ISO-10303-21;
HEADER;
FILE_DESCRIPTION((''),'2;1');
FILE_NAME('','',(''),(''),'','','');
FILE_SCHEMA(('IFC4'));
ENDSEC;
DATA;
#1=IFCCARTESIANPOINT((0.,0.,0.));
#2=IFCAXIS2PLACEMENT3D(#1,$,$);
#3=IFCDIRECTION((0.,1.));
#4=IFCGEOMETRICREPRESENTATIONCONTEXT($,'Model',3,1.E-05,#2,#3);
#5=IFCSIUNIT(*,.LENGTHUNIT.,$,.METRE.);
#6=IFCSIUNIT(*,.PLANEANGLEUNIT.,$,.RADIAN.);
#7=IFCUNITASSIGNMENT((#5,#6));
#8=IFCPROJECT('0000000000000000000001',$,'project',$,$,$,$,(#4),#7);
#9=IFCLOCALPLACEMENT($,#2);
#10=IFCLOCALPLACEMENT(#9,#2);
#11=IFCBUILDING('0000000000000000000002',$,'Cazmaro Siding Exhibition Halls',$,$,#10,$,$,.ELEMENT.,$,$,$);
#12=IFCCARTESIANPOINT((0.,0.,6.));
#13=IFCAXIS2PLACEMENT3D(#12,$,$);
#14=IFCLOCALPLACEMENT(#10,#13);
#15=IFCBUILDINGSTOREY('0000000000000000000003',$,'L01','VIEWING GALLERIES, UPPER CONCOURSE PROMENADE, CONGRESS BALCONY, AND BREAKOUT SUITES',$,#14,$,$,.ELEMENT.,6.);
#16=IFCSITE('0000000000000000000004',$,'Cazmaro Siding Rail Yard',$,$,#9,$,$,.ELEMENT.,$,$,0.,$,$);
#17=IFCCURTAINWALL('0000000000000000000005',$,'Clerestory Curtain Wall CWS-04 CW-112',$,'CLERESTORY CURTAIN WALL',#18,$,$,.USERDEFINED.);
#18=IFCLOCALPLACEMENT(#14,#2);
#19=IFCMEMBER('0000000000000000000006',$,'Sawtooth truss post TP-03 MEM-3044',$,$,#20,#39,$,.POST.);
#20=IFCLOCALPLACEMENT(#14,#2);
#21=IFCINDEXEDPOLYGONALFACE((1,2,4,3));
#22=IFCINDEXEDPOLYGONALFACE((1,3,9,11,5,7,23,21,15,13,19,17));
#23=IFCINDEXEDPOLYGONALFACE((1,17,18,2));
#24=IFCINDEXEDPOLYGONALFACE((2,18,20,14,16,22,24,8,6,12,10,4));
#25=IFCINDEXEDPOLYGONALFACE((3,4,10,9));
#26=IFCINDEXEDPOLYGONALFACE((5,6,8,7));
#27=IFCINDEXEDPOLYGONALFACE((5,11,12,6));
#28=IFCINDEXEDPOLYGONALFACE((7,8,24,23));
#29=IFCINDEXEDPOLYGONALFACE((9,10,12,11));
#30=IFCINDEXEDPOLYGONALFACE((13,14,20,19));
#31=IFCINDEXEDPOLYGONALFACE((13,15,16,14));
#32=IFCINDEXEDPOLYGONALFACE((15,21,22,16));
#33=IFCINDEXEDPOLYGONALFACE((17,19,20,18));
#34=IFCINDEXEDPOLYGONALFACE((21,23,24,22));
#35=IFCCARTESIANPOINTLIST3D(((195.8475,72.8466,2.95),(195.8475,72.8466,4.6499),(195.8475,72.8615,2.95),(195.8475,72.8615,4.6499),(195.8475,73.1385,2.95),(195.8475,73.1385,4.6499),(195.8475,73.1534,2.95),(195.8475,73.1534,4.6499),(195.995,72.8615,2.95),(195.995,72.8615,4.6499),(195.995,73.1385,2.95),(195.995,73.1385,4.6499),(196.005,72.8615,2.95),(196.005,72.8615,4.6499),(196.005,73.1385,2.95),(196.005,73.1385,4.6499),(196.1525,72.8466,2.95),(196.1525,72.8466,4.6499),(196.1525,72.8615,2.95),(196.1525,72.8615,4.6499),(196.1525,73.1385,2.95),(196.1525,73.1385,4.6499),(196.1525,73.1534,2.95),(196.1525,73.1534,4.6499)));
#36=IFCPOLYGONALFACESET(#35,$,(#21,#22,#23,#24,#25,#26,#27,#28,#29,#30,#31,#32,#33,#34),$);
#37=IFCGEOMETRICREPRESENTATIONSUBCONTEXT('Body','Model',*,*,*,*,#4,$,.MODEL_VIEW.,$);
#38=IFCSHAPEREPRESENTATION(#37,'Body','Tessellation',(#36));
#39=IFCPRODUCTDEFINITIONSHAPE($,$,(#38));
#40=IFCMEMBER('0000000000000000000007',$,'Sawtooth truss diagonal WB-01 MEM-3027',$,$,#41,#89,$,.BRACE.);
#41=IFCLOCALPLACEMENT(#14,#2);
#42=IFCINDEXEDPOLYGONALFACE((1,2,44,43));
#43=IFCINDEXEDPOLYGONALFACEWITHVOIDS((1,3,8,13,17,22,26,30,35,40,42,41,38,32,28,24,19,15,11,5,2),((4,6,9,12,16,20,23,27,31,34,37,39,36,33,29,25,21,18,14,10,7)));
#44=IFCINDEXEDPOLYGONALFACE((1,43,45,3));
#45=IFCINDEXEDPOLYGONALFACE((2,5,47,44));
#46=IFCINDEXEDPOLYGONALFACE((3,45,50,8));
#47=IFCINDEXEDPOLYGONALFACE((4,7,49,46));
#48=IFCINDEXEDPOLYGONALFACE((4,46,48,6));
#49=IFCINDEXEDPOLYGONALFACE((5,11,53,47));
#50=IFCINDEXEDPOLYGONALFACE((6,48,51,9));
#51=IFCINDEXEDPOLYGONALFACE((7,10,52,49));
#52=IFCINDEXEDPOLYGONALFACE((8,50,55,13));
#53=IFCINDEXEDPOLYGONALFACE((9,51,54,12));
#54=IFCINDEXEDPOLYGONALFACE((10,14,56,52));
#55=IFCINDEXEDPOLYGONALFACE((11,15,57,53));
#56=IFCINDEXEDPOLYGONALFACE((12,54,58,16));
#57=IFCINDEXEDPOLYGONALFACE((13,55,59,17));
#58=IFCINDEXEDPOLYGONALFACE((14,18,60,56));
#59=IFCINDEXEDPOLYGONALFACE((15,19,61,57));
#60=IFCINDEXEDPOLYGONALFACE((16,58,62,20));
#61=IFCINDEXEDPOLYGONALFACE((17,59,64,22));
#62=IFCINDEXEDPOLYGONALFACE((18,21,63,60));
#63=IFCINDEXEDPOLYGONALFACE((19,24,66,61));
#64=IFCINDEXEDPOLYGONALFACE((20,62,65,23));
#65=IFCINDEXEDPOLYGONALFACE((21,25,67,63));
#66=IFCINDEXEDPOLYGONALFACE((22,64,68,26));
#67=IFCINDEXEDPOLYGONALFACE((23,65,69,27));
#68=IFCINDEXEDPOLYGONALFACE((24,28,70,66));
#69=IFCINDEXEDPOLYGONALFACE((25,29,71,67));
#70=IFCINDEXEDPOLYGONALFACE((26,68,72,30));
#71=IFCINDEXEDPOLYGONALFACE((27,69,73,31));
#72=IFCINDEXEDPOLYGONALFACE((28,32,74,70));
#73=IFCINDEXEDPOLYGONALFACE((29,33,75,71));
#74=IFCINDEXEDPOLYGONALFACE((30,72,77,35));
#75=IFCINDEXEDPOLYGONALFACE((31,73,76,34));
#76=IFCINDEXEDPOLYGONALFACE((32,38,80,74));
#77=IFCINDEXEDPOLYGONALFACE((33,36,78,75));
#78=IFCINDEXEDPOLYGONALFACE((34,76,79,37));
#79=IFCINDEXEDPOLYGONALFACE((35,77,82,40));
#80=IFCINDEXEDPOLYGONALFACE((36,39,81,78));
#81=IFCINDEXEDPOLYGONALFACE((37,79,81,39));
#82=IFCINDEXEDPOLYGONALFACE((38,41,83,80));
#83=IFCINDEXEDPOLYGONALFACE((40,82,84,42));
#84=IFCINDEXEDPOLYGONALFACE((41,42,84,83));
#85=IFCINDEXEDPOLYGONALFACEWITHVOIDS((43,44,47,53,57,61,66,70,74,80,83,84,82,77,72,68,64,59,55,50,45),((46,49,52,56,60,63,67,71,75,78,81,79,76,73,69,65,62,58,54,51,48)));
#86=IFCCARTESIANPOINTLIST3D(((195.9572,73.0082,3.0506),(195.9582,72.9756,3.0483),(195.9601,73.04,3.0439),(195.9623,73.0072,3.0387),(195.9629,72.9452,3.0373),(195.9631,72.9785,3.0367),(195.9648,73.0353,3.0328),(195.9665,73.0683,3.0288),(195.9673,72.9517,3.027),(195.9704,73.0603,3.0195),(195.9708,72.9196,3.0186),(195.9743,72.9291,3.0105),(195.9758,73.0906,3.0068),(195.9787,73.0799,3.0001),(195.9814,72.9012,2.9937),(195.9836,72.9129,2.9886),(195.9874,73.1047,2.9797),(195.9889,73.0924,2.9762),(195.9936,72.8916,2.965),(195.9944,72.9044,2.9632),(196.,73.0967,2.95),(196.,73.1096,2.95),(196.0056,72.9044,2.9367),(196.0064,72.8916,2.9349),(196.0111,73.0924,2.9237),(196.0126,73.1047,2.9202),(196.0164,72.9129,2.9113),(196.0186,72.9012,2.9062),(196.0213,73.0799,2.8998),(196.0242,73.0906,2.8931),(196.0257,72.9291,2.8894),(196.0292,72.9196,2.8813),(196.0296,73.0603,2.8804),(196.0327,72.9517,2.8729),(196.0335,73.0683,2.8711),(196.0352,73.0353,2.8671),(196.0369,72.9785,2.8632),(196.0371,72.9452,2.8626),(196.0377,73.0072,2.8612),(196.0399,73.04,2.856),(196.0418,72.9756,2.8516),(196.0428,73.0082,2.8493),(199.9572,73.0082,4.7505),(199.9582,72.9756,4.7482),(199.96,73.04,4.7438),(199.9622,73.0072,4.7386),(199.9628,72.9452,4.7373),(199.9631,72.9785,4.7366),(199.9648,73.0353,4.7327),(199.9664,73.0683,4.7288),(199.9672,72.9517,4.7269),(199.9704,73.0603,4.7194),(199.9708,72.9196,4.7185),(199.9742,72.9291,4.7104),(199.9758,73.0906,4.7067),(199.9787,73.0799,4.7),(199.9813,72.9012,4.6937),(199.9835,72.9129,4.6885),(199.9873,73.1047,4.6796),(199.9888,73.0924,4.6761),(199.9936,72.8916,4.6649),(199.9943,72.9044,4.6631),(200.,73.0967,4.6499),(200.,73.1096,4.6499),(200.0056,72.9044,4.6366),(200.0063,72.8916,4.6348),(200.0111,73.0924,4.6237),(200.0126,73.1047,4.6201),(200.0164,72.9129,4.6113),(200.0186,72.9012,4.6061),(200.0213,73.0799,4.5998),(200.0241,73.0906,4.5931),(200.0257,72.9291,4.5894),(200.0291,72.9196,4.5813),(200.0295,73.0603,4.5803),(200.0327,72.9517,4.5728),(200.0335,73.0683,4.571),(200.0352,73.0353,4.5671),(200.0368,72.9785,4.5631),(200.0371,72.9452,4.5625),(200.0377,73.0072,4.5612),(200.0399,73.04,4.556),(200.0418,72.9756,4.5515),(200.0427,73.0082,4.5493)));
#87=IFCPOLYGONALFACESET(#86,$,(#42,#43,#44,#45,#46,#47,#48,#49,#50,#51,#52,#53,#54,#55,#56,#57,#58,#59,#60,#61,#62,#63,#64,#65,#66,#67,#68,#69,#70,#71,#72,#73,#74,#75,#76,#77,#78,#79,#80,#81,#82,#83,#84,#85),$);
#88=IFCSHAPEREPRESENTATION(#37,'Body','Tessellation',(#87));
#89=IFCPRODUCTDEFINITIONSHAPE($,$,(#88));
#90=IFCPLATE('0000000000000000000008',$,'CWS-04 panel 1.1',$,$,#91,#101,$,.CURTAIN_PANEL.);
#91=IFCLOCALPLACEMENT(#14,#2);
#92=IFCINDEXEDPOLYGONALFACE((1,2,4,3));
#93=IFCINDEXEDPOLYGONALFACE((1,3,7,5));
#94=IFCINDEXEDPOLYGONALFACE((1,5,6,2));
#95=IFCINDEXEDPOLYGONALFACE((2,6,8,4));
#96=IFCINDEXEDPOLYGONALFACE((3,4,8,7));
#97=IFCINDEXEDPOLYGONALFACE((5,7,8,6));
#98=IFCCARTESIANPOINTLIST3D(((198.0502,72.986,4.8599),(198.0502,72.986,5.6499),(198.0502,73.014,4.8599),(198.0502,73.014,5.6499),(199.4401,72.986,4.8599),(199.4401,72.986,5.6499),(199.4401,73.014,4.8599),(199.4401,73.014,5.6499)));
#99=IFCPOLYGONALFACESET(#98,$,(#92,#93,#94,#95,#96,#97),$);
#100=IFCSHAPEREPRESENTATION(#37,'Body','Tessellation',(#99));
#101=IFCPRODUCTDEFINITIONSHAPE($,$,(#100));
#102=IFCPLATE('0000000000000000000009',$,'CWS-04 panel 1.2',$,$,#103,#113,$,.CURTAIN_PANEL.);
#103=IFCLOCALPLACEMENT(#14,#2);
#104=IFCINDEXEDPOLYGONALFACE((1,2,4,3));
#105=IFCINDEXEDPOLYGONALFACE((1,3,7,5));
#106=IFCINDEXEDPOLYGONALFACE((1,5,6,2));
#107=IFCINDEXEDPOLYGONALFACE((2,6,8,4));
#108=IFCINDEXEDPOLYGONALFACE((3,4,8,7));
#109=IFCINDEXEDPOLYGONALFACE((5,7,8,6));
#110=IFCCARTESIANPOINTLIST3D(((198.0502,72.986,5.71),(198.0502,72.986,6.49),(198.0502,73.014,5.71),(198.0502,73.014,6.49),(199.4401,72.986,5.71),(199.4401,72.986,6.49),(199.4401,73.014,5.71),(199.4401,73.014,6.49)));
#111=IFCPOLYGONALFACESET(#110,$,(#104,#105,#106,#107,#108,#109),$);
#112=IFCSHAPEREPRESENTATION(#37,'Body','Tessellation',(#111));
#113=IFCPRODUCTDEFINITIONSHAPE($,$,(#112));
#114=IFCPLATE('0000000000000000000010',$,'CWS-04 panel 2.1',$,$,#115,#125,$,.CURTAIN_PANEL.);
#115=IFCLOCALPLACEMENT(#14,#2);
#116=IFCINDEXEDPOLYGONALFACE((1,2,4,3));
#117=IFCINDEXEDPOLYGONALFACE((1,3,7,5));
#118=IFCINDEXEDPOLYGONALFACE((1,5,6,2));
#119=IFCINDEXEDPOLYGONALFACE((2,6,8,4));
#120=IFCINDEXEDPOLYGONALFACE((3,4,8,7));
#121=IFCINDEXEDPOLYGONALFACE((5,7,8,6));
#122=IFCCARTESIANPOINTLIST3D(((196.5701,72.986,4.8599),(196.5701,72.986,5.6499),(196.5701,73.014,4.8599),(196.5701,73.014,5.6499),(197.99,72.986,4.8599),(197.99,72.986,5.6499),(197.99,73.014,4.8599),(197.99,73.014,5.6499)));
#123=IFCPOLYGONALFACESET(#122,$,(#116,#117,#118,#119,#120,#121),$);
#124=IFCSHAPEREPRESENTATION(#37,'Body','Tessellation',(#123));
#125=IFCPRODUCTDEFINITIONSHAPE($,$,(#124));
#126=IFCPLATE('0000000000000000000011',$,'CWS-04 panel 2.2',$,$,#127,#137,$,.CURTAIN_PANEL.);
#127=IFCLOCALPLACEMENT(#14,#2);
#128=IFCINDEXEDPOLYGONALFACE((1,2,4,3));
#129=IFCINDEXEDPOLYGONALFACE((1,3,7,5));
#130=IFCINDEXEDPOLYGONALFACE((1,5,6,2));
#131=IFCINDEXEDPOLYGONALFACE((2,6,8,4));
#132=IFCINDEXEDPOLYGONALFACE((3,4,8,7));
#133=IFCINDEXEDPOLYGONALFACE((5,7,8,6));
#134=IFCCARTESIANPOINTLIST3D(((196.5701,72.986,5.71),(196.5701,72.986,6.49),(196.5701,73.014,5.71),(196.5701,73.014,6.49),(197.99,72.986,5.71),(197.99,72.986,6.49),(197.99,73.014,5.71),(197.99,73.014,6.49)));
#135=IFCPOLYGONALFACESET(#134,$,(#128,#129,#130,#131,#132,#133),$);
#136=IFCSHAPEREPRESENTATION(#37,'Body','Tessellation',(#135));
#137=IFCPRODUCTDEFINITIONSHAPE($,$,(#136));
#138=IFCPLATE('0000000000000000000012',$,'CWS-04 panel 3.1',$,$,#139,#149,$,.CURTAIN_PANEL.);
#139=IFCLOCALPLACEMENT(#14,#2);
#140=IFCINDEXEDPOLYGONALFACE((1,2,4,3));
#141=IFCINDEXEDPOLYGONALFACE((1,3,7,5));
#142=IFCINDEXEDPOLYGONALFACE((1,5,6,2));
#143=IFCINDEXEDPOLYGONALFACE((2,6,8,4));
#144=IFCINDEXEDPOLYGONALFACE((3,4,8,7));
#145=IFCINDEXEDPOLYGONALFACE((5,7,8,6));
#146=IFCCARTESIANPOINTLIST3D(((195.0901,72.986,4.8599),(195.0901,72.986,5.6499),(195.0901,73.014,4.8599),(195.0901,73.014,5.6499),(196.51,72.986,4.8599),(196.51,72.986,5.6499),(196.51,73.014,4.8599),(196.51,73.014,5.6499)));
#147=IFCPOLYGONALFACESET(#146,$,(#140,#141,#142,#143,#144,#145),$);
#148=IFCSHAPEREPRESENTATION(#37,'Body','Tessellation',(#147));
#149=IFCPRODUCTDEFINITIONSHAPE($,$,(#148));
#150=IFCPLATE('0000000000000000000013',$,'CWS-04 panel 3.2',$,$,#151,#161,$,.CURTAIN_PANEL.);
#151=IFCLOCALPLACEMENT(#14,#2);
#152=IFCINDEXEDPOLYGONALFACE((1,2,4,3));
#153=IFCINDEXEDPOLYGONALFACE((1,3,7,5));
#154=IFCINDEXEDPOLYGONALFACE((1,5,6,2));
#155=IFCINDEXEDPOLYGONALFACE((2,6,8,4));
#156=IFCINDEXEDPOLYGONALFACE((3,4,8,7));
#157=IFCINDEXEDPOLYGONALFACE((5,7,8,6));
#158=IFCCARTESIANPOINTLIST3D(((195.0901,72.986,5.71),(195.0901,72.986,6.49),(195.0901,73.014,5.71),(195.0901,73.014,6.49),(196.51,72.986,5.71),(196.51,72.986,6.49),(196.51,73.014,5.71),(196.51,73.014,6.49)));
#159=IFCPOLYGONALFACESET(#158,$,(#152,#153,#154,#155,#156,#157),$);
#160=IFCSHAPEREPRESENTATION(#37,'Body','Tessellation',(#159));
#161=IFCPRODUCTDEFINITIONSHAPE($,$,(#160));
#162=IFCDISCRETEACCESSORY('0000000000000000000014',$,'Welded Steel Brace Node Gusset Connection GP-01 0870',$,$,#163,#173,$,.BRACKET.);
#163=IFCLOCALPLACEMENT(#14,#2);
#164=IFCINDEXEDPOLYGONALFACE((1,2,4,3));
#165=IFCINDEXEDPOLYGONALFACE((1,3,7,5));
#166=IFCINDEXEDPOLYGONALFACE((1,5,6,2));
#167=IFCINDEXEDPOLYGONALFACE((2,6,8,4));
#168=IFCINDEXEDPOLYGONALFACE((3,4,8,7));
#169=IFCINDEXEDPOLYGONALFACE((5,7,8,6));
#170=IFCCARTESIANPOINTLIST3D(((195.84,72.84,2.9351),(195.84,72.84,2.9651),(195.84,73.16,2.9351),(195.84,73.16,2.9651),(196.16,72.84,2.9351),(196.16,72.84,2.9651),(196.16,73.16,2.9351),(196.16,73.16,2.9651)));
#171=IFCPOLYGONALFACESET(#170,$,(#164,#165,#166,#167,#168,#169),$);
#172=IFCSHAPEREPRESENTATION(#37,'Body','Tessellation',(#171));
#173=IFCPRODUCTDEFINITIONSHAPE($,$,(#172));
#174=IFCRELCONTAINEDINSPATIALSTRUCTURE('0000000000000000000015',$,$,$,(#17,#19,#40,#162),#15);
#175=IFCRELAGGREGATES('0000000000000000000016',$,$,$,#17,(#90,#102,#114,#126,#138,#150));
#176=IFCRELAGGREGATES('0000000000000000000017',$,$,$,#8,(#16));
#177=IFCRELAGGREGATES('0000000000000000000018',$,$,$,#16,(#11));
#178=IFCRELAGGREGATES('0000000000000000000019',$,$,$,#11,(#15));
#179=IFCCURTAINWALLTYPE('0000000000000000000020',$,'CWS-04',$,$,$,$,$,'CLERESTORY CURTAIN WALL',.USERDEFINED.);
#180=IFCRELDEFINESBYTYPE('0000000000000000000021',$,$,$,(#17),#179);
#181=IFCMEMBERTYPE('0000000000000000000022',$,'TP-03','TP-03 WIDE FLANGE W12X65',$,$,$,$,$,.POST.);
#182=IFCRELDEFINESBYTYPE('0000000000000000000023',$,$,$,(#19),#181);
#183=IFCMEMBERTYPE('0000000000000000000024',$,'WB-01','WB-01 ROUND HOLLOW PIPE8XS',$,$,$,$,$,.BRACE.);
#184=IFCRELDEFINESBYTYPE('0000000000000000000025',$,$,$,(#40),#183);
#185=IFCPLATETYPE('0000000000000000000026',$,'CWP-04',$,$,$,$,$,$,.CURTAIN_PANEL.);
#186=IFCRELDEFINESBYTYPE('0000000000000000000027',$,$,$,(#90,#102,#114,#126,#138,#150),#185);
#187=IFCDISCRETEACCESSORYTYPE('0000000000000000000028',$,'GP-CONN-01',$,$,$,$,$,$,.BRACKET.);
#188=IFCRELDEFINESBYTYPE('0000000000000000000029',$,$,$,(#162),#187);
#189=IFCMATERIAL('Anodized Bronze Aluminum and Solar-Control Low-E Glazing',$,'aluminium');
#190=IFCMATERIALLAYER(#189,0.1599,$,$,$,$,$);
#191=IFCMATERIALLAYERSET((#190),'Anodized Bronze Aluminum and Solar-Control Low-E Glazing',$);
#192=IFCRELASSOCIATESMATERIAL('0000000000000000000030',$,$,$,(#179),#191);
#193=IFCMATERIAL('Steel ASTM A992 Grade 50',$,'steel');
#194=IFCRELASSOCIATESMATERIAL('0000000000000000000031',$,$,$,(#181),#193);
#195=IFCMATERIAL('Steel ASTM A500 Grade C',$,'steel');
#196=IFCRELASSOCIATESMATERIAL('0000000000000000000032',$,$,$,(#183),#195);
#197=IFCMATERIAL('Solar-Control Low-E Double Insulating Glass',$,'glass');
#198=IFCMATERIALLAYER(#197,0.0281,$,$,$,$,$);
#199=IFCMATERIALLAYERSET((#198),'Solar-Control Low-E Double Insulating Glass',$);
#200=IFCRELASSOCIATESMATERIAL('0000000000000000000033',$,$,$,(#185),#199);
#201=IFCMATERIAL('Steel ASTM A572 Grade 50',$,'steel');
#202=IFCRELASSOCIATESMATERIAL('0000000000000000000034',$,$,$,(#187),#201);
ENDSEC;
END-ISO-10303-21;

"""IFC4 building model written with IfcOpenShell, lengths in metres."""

from ifc_helpers import new_model, si_unit, direction, frame, origin, origin_2d, place, context, subcontext, project, spatial, rectangle, hollow_circle, i_section, extrude, material, layer, layer_set, material_profile, profile_set, type_object, element, aggregate, save


model = new_model("IFC4")

# Units and contexts
model_context = context("Model", 3, precision=1e-05, world=origin(), true_north=direction((0.0, 1.0)))
body_context = subcontext(model_context, "Body", "Model", "MODEL_VIEW")
ifc_project = project(units=[si_unit("LENGTHUNIT", "METRE"), si_unit("PLANEANGLEUNIT", "RADIAN")], contexts=[model_context])

# Site, building, storey
site_placement = place(None, origin())
site = spatial("IfcSite", under=ifc_project, at=site_placement, Name="Cazmaro Siding Rail Yard", CompositionType="ELEMENT", RefElevation=0.0)
building_placement = place(site_placement, origin())
building = spatial("IfcBuilding", under=site, at=building_placement, Name="Cazmaro Siding Exhibition Halls", CompositionType="ELEMENT")
storey_placement = place(building_placement, frame((0.0, 0.0, 6.0)))
storey = spatial("IfcBuildingStorey", under=building, at=storey_placement, Name="L01", Description="VIEWING GALLERIES, UPPER CONCOURSE PROMENADE, CONGRESS BALCONY, AND BREAKOUT SUITES", CompositionType="ELEMENT", Elevation=6.0)

# Curtain wall
ifc_material_1 = material(Name="Anodized Bronze Aluminum and Solar-Control Low-E Glazing", Category="aluminium")
ifc_layer_1 = layer(ifc_material_1, 0.1599)
ifc_layer_set_1 = layer_set([ifc_layer_1], Name="Anodized Bronze Aluminum and Solar-Control Low-E Glazing")
curtain_wall_type = type_object("IfcCurtainWallType", Name="CWS-04", ElementType="CLERESTORY CURTAIN WALL", PredefinedType="USERDEFINED", material=ifc_layer_set_1)
curtain_wall_placement = place(storey_placement, origin())
curtain_wall = element("IfcCurtainWall", 1, at=curtain_wall_placement, inside=storey, type_object=curtain_wall_type, Name="Clerestory Curtain Wall CWS-04 CW-112", ObjectType="CLERESTORY CURTAIN WALL", PredefinedType="USERDEFINED")

# Members
ifc_material_2 = material(Name="Steel ASTM A992 Grade 50", Category="steel")
ifc_material_profile_1 = material_profile(ifc_material_2, i_section(OverallWidth=0.3049, OverallDepth=0.3069, WebThickness=0.01, FlangeThickness=0.0149, at=origin_2d()), Name="W12X65")
ifc_profile_set_1 = profile_set([ifc_material_profile_1], Name="Steel ASTM A992 Grade 50")
member_type_1 = type_object("IfcMemberType", Name="TP-03", Description="TP-03 WIDE FLANGE W12X65", PredefinedType="POST", material=ifc_profile_set_1)
member_1_placement = place(storey_placement, frame((196.0, 73.0, 2.95), z_axis=(0.0, 0.0, 1.0), x_axis=(1.0, 0.0, 0.0)))
element("IfcMember", 2, at=member_1_placement, inside=storey, type_object=member_type_1, Name="Sawtooth truss post TP-03 MEM-3044", PredefinedType="POST", context=body_context, shape_type="SweptSolid", body=[
    extrude(i_section(OverallWidth=0.3049, OverallDepth=0.3069, WebThickness=0.01, FlangeThickness=0.0149, at=origin_2d()), origin(), (0.0, 0.0, 1.0), 1.7),
])
ifc_material_3 = material(Name="Steel ASTM A500 Grade C", Category="steel")
ifc_material_profile_2 = material_profile(ifc_material_3, hollow_circle(Radius=0.1096, WallThickness=0.0129, at=origin_2d()), Name="PIPE8XS")
ifc_profile_set_2 = profile_set([ifc_material_profile_2], Name="Steel ASTM A500 Grade C")
member_type_2 = type_object("IfcMemberType", Name="WB-01", Description="WB-01 ROUND HOLLOW PIPE8XS", PredefinedType="BRACE", material=ifc_profile_set_2)
member_2_placement = place(storey_placement, frame((196.0, 73.0, 2.95), z_axis=(0.920335, 0.0, 0.391131), x_axis=(0.0, 1.0, 0.0)))
element("IfcMember", 3, at=member_2_placement, inside=storey, type_object=member_type_2, Name="Sawtooth truss diagonal WB-01 MEM-3027", PredefinedType="BRACE", context=body_context, shape_type="SweptSolid", body=[
    extrude(hollow_circle(Radius=0.1096, WallThickness=0.0129, at=origin_2d()), origin(), (0.0, 0.0, 1.0), 4.3462),
])

# Plates
ifc_material_4 = material(Name="Solar-Control Low-E Double Insulating Glass", Category="glass")
ifc_layer_2 = layer(ifc_material_4, 0.0281)
ifc_layer_set_2 = layer_set([ifc_layer_2], Name="Solar-Control Low-E Double Insulating Glass")
plate_type = type_object("IfcPlateType", Name="CWP-04", PredefinedType="CURTAIN_PANEL", material=ifc_layer_set_2)
plate_1_placement = place(storey_placement, frame((198.7451, 73.0, 4.8599), z_axis=(0.0, 0.0, 1.0), x_axis=(-1.0, 0.0, 0.0)))
plate_1 = element("IfcPlate", 4, at=plate_1_placement, type_object=plate_type, Name="CWS-04 panel 1.1", PredefinedType="CURTAIN_PANEL", context=body_context, shape_type="SweptSolid", body=[
    extrude(rectangle(XDim=1.3899, YDim=0.0281, at=origin_2d()), origin(), (0.0, 0.0, 1.0), 0.79),
])
plate_2_placement = place(storey_placement, frame((198.7451, 73.0, 5.71), z_axis=(0.0, 0.0, 1.0), x_axis=(-1.0, 0.0, 0.0)))
plate_2 = element("IfcPlate", 5, at=plate_2_placement, type_object=plate_type, Name="CWS-04 panel 1.2", PredefinedType="CURTAIN_PANEL", context=body_context, shape_type="SweptSolid", body=[
    extrude(rectangle(XDim=1.3899, YDim=0.0281, at=origin_2d()), origin(), (0.0, 0.0, 1.0), 0.78),
])
plate_3_placement = place(storey_placement, frame((197.28, 73.0, 4.8599), z_axis=(0.0, 0.0, 1.0), x_axis=(-1.0, 0.0, 0.0)))
plate_3 = element("IfcPlate", 6, at=plate_3_placement, type_object=plate_type, Name="CWS-04 panel 2.1", PredefinedType="CURTAIN_PANEL", context=body_context, shape_type="SweptSolid", body=[
    extrude(rectangle(XDim=1.4199, YDim=0.0281, at=origin_2d()), origin(), (0.0, 0.0, 1.0), 0.79),
])
plate_4_placement = place(storey_placement, frame((197.28, 73.0, 5.71), z_axis=(0.0, 0.0, 1.0), x_axis=(-1.0, 0.0, 0.0)))
plate_4 = element("IfcPlate", 7, at=plate_4_placement, type_object=plate_type, Name="CWS-04 panel 2.2", PredefinedType="CURTAIN_PANEL", context=body_context, shape_type="SweptSolid", body=[
    extrude(rectangle(XDim=1.4199, YDim=0.0281, at=origin_2d()), origin(), (0.0, 0.0, 1.0), 0.78),
])
plate_5_placement = place(storey_placement, frame((195.8, 73.0, 4.8599), z_axis=(0.0, 0.0, 1.0), x_axis=(-1.0, 0.0, 0.0)))
plate_5 = element("IfcPlate", 8, at=plate_5_placement, type_object=plate_type, Name="CWS-04 panel 3.1", PredefinedType="CURTAIN_PANEL", context=body_context, shape_type="SweptSolid", body=[
    extrude(rectangle(XDim=1.4199, YDim=0.0281, at=origin_2d()), origin(), (0.0, 0.0, 1.0), 0.79),
])
plate_6_placement = place(storey_placement, frame((195.8, 73.0, 5.71), z_axis=(0.0, 0.0, 1.0), x_axis=(-1.0, 0.0, 0.0)))
plate_6 = element("IfcPlate", 9, at=plate_6_placement, type_object=plate_type, Name="CWS-04 panel 3.2", PredefinedType="CURTAIN_PANEL", context=body_context, shape_type="SweptSolid", body=[
    extrude(rectangle(XDim=1.4199, YDim=0.0281, at=origin_2d()), origin(), (0.0, 0.0, 1.0), 0.78),
])
aggregate(curtain_wall, [plate_1, plate_2, plate_3, plate_4, plate_5, plate_6])

# Discrete accessory
ifc_material_5 = material(Name="Steel ASTM A572 Grade 50", Category="steel")
discrete_accessory_type = type_object("IfcDiscreteAccessoryType", Name="GP-CONN-01", PredefinedType="BRACKET", material=ifc_material_5)
discrete_accessory_placement = place(storey_placement, frame((196.0, 73.0, 2.9351), z_axis=(0.0, 0.0, 1.0), x_axis=(1.0, 0.0, 0.0)))
element("IfcDiscreteAccessory", 10, at=discrete_accessory_placement, inside=storey, type_object=discrete_accessory_type, Name="Welded Steel Brace Node Gusset Connection GP-01 0870", PredefinedType="BRACKET", context=body_context, shape_type="SweptSolid", body=[
    extrude(rectangle(XDim=0.3201, YDim=0.3201, at=origin_2d()), origin(), (0.0, 0.0, 1.0), 0.03),
])

save(model, "model.ifc")
